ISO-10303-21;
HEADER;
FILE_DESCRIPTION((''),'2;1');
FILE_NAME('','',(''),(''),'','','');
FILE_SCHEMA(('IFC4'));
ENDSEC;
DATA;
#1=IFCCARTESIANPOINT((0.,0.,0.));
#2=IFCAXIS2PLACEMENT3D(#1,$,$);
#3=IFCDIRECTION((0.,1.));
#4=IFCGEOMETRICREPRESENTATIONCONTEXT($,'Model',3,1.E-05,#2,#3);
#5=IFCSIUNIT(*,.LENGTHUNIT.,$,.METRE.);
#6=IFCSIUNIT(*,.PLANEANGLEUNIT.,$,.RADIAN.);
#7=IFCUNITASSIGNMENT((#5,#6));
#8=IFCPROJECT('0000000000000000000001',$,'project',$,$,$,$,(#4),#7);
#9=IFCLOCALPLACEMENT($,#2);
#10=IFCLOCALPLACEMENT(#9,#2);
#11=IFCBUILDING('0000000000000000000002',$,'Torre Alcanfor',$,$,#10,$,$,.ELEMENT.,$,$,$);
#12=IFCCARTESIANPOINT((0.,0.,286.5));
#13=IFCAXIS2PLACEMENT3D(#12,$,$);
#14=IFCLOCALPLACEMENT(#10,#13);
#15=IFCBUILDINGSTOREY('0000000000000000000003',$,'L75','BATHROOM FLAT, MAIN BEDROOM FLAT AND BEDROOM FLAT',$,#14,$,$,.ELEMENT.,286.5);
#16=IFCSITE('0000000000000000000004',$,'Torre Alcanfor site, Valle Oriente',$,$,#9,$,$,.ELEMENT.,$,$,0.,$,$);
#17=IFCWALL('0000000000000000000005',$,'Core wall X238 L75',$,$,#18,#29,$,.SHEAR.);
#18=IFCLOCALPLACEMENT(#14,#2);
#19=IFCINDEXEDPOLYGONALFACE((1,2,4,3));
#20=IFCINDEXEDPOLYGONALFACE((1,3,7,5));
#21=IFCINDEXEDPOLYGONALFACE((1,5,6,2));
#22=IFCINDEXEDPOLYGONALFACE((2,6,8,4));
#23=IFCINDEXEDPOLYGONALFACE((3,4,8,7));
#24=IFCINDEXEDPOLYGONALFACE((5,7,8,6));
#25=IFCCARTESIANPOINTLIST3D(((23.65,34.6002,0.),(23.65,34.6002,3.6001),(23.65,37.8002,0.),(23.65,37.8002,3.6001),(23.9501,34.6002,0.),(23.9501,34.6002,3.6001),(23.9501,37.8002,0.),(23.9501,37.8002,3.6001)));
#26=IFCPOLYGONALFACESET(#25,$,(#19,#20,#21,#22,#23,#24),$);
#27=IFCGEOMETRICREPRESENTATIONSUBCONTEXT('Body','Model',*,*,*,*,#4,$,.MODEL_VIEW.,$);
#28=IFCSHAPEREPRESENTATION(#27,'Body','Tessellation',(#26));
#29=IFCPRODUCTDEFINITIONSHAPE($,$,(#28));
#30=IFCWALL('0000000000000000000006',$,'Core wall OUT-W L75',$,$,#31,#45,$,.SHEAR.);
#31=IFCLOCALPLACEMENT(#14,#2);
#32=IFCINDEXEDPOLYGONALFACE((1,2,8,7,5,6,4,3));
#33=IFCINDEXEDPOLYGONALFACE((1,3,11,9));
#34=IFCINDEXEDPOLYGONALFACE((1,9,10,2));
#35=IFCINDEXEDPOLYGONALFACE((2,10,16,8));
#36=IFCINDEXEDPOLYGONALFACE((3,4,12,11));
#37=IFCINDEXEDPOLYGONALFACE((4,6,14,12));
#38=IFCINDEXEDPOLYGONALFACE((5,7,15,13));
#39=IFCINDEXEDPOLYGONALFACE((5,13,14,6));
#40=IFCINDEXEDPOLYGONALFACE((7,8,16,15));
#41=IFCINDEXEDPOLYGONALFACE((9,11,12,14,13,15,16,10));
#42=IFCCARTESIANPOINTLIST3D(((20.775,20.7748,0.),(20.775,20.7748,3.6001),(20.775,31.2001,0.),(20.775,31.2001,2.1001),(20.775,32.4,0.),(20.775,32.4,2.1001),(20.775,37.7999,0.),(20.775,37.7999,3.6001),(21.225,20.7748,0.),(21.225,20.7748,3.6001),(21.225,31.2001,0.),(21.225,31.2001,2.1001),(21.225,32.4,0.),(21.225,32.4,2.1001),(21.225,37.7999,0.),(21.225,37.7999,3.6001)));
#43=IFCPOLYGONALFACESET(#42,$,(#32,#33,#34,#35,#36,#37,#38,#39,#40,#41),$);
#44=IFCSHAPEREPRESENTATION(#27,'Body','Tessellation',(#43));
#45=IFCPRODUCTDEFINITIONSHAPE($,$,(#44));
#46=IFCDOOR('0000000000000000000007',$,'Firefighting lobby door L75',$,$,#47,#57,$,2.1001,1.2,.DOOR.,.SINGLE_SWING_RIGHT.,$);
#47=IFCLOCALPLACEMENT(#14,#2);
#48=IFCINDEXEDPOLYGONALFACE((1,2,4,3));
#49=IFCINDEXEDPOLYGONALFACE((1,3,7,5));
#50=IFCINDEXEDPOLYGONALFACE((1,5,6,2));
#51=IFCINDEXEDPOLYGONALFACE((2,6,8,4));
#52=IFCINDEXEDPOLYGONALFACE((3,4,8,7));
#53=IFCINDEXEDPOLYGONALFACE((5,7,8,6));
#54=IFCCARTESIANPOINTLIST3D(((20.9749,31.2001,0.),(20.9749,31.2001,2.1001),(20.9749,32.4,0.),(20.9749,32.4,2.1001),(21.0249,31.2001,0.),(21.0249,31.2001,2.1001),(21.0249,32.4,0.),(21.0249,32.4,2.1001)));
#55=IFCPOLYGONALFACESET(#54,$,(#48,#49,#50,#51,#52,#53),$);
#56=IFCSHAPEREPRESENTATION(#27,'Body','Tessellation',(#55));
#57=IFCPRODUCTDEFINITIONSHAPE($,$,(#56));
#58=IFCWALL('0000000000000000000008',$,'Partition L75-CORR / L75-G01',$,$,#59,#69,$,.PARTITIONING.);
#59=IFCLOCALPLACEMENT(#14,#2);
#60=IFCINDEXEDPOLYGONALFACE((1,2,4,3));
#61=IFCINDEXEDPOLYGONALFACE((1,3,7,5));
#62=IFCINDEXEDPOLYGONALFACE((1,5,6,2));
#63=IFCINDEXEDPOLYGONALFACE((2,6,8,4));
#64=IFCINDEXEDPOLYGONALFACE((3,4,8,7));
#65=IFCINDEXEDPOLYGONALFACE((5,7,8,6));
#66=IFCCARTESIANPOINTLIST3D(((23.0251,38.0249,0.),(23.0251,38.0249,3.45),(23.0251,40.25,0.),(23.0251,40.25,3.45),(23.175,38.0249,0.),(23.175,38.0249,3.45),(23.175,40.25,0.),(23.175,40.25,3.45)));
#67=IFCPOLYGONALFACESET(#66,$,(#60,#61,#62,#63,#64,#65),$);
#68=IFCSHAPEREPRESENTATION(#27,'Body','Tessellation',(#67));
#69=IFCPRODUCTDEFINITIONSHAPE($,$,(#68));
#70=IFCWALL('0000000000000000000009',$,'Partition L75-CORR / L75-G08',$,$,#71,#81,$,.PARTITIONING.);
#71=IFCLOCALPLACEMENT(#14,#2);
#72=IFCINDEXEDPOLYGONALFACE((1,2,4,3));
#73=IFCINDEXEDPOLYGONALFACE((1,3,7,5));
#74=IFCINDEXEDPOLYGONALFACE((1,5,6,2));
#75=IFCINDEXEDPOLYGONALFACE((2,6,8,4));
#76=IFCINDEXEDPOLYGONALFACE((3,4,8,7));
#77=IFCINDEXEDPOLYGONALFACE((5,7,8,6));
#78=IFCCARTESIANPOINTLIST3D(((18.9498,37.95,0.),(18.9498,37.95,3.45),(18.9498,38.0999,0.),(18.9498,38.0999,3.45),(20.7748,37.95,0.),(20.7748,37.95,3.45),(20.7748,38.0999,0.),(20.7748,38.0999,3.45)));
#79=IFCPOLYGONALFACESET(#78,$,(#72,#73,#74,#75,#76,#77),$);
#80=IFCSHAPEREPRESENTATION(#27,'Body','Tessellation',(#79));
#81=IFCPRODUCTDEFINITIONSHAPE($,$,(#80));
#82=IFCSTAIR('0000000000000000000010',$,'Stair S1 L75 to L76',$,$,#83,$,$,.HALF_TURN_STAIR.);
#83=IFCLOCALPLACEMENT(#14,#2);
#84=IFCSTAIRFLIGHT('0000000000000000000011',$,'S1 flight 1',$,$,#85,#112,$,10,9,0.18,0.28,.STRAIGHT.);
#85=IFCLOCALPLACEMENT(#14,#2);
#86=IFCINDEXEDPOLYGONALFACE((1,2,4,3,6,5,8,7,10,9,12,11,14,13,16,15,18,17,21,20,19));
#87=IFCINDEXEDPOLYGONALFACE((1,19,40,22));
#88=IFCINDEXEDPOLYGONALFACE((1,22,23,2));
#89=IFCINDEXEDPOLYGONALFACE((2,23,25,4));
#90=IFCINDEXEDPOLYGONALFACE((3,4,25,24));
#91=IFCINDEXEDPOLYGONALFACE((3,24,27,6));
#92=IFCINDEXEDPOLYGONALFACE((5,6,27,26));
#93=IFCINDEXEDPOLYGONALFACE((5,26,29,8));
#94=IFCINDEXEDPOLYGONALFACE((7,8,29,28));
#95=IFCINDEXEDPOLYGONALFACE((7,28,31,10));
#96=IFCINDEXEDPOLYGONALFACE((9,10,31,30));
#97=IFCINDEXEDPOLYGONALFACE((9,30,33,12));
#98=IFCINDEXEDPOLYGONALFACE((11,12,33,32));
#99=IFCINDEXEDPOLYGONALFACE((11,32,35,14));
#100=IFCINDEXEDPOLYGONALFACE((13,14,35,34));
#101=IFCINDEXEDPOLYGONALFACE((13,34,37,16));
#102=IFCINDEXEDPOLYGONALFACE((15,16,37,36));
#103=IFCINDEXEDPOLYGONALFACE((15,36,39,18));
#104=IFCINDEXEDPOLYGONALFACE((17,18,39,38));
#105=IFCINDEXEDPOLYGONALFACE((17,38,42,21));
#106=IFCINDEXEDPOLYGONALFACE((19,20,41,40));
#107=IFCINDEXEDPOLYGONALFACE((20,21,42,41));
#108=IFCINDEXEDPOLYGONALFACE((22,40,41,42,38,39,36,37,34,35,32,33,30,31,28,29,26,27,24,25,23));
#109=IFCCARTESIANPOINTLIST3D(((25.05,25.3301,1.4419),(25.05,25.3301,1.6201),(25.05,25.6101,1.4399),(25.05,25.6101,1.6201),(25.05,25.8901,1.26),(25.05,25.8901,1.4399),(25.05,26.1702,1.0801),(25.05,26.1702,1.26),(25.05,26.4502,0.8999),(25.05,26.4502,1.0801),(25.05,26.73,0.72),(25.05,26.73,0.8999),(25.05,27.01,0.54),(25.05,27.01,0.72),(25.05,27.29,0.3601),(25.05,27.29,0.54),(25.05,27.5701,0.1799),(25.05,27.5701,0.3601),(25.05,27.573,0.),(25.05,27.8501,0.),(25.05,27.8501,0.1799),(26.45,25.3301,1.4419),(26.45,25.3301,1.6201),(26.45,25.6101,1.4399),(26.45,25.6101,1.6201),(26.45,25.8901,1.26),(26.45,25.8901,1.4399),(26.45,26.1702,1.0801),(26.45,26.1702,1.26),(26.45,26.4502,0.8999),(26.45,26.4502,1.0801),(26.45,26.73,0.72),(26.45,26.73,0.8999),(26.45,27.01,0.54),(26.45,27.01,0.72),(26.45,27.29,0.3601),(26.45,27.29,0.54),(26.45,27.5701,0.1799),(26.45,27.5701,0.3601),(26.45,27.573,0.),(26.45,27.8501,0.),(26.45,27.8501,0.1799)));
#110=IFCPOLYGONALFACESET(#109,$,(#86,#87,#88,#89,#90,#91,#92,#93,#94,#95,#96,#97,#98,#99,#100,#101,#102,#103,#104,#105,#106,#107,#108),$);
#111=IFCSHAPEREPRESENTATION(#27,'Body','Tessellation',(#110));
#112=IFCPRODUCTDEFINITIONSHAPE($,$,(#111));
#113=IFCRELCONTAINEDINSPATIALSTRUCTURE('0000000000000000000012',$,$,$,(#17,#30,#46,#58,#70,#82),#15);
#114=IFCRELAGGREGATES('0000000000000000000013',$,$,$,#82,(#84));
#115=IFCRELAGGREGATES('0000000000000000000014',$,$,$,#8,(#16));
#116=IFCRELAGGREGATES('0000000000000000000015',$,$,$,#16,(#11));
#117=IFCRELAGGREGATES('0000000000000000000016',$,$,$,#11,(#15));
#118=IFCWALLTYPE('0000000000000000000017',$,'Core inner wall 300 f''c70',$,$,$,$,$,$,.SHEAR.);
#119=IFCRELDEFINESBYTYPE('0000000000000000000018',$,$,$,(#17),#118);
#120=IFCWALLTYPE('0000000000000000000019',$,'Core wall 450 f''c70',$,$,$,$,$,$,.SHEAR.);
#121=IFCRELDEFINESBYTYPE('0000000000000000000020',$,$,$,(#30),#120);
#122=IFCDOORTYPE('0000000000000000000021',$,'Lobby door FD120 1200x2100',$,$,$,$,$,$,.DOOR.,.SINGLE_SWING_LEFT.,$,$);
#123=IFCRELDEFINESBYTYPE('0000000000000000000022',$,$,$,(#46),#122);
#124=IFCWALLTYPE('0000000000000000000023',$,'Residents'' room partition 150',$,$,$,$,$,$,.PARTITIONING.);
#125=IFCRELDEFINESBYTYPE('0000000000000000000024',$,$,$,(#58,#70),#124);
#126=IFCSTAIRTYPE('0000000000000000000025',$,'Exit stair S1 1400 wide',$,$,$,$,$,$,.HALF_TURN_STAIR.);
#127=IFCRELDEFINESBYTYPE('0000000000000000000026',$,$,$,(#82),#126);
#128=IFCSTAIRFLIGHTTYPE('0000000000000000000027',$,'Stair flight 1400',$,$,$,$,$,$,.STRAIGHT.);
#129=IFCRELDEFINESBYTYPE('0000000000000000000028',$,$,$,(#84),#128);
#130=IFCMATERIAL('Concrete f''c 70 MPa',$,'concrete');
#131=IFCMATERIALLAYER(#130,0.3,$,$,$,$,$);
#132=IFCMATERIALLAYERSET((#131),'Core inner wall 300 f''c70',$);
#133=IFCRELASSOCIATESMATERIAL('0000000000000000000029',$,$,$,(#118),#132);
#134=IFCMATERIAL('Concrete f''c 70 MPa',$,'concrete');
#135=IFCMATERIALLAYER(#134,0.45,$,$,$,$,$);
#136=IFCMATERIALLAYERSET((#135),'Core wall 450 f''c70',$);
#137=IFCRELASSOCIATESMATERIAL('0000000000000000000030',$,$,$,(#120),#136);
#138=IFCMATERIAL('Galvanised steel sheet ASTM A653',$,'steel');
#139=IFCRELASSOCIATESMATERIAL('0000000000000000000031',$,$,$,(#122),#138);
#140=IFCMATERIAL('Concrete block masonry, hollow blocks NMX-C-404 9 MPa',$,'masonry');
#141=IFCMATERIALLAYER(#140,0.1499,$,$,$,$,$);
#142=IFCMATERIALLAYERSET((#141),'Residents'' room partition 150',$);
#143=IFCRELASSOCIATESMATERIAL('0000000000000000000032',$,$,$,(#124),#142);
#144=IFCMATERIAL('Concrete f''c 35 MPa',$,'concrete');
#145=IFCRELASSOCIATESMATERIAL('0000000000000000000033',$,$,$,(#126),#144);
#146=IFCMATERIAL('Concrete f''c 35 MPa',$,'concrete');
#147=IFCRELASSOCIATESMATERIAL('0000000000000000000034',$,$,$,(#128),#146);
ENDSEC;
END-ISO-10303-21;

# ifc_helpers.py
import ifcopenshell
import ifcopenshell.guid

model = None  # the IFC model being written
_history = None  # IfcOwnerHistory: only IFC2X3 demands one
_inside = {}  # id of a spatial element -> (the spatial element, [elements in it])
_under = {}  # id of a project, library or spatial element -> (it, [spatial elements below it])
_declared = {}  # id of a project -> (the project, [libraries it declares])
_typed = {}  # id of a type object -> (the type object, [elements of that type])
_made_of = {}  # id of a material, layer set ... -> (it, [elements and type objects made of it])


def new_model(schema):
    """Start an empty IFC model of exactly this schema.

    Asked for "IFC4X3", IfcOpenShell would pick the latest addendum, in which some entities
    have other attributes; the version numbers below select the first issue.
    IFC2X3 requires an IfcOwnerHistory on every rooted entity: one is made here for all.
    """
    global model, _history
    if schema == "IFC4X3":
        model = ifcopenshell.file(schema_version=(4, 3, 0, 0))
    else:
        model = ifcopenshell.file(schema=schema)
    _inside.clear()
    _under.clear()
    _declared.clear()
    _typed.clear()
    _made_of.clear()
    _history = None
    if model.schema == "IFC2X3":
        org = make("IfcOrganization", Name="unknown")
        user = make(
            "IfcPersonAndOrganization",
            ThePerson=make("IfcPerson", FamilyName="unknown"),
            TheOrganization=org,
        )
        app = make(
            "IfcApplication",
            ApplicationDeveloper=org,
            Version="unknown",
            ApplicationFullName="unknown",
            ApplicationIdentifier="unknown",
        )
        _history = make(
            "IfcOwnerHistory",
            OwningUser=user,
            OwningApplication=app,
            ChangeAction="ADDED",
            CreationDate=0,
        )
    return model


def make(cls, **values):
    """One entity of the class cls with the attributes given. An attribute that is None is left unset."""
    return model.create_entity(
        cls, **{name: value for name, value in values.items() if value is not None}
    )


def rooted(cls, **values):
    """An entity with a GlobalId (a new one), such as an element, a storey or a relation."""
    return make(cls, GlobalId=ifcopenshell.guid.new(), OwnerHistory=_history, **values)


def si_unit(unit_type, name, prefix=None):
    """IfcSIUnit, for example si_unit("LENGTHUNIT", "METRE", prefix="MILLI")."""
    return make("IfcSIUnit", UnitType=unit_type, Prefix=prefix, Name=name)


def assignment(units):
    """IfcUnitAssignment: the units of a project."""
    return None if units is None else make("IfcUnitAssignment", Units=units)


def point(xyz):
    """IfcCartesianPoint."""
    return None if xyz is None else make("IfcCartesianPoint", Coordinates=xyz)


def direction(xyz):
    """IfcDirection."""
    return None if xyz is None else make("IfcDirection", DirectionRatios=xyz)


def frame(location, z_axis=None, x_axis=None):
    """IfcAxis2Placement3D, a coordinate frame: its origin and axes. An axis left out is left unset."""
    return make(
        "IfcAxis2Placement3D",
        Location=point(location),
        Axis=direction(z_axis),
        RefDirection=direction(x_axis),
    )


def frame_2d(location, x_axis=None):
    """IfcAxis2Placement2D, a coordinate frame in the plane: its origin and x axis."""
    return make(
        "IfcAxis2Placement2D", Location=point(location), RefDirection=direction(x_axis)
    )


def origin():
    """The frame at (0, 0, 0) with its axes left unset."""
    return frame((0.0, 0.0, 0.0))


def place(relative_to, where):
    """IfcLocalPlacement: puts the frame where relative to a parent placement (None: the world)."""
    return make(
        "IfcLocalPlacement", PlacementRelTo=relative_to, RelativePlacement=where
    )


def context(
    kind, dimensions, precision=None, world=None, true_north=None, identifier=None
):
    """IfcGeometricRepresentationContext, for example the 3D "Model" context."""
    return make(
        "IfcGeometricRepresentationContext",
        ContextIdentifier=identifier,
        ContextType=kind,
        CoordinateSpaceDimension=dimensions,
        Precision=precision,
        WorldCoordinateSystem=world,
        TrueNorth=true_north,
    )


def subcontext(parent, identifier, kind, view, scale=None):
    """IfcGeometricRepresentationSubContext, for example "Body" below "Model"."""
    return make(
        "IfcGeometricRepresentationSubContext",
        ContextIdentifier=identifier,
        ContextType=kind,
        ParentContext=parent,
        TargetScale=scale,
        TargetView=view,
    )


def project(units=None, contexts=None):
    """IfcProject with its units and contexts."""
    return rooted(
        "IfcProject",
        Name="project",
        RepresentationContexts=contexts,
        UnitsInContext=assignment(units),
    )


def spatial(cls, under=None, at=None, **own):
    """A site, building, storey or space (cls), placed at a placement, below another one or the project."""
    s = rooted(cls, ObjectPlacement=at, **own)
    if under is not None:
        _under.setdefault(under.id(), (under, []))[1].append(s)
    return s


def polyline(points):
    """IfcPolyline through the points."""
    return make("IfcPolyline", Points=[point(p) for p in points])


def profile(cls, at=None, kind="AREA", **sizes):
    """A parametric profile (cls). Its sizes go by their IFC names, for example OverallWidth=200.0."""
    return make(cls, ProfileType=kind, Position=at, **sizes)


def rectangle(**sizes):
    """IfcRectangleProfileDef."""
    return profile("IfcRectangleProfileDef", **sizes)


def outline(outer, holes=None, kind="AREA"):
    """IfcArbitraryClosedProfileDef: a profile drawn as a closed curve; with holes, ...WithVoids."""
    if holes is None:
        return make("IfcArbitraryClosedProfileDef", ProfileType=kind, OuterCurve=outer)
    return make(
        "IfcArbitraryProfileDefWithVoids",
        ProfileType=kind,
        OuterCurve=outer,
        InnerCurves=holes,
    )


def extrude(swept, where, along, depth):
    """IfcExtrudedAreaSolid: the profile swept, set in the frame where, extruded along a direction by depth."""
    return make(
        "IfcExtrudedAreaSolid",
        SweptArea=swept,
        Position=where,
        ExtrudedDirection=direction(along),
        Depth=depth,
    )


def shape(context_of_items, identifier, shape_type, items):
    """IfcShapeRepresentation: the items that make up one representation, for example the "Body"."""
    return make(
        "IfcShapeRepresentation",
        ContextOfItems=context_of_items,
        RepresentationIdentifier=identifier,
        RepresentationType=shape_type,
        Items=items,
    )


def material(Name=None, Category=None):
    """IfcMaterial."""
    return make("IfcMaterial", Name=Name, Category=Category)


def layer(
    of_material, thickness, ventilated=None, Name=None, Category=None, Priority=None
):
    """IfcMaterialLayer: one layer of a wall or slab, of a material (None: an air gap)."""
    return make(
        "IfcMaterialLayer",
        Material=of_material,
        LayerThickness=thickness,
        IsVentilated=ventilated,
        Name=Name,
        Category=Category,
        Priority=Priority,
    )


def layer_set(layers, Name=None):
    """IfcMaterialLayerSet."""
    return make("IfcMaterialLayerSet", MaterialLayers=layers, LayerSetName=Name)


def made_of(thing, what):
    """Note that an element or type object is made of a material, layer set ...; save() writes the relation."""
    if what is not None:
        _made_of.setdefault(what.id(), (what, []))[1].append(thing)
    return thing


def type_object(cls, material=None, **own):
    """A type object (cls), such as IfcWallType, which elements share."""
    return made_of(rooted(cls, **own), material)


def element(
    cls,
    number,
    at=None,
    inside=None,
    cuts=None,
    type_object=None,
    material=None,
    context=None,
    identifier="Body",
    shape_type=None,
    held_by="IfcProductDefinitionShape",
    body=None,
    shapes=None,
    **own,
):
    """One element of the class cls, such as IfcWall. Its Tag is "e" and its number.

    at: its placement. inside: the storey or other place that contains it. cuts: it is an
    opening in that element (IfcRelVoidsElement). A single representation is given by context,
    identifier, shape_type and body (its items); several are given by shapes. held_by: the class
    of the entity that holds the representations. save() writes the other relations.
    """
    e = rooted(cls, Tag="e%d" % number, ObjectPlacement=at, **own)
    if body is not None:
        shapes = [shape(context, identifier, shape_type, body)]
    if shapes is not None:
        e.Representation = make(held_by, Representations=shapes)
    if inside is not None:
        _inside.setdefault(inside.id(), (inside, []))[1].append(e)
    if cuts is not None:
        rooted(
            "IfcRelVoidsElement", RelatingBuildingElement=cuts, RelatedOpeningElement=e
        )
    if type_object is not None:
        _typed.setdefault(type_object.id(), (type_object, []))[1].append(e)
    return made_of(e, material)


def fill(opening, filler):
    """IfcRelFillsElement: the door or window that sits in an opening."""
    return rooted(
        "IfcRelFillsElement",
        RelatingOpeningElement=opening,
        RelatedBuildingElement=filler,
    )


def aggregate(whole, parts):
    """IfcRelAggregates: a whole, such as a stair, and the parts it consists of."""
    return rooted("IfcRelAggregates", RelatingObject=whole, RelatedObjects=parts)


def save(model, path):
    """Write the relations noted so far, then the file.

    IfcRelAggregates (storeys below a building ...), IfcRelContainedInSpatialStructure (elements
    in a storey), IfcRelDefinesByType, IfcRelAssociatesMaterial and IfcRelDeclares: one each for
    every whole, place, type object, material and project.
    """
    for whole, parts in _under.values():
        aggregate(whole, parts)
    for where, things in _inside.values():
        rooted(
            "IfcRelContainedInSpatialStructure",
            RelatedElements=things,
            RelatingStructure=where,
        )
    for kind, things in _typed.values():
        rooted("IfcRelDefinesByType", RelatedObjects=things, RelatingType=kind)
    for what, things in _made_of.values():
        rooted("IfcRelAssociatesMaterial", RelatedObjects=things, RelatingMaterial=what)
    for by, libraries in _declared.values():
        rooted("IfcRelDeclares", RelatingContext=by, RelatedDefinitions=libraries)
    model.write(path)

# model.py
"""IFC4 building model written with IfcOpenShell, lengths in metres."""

from ifc_helpers import new_model, si_unit, direction, frame, frame_2d, origin, place, context, subcontext, project, spatial, polyline, rectangle, outline, extrude, material, layer, layer_set, type_object, element, fill, aggregate, save


model = new_model("IFC4")

# Units and contexts
model_context = context("Model", 3, precision=1e-05, world=origin(), true_north=direction((0.0, 1.0)))
body_context = subcontext(model_context, "Body", "Model", "MODEL_VIEW")
ifc_project = project(units=[si_unit("LENGTHUNIT", "METRE"), si_unit("PLANEANGLEUNIT", "RADIAN")], contexts=[model_context])

# Site, building, storey
site_placement = place(None, origin())
site = spatial("IfcSite", under=ifc_project, at=site_placement, Name="Torre Alcanfor site, Valle Oriente", CompositionType="ELEMENT", RefElevation=0.0)
building_placement = place(site_placement, origin())
building = spatial("IfcBuilding", under=site, at=building_placement, Name="Torre Alcanfor", CompositionType="ELEMENT")
storey_placement = place(building_placement, frame((0.0, 0.0, 286.5)))
storey = spatial("IfcBuildingStorey", under=building, at=storey_placement, Name="L75", Description="BATHROOM FLAT, MAIN BEDROOM FLAT AND BEDROOM FLAT", CompositionType="ELEMENT", Elevation=286.5)

# Shared definitions
ifc_material_1 = material(Name="Concrete f'c 70 MPa", Category="concrete")
ifc_layer_1 = layer(ifc_material_1, 0.3)
ifc_layer_set_1 = layer_set([ifc_layer_1], Name="Core inner wall 300 f'c70")
wall_type_1 = type_object("IfcWallType", Name="Core inner wall 300 f'c70", PredefinedType="SHEAR", material=ifc_layer_set_1)

# Wall
wall_1_placement = place(storey_placement, frame((23.8, 34.6001, 0.0), z_axis=(0.0, 0.0, 1.0), x_axis=(0.0, 1.0, 0.0)))
element("IfcWall", 1, at=wall_1_placement, inside=storey, type_object=wall_type_1, Name="Core wall X238 L75", PredefinedType="SHEAR", context=body_context, shape_type="SweptSolid", body=[
    extrude(rectangle(XDim=3.2, YDim=0.3, at=frame_2d((1.6001, 0.0))), origin(), (0.0, 0.0, 1.0), 3.6001),
])

# Wall, opening, door
ifc_material_2 = material(Name="Concrete f'c 70 MPa", Category="concrete")
ifc_layer_2 = layer(ifc_material_2, 0.45)
ifc_layer_set_2 = layer_set([ifc_layer_2], Name="Core wall 450 f'c70")
wall_type_2 = type_object("IfcWallType", Name="Core wall 450 f'c70", PredefinedType="SHEAR", material=ifc_layer_set_2)
wall_2_placement = place(storey_placement, frame((21.0, 37.8, 0.0), z_axis=(0.0, 0.0, 1.0), x_axis=(0.0, -1.0, 0.0)))
wall_2 = element("IfcWall", 2, at=wall_2_placement, inside=storey, type_object=wall_type_2, Name="Core wall OUT-W L75", PredefinedType="SHEAR", context=body_context, shape_type="SweptSolid", body=[
    extrude(rectangle(XDim=17.0251, YDim=0.45, at=frame_2d((8.5127, 0.0))), origin(), (0.0, 0.0, 1.0), 3.6001),
])
opening_1_placement = place(wall_2_placement, frame((5.3999, 0.0, 0.0)))
opening_1 = element("IfcOpeningElement", 3, at=opening_1_placement, cuts=wall_2, PredefinedType="OPENING", context=body_context, shape_type="SweptSolid", body=[
    extrude(rectangle(XDim=1.2, YDim=2.1001, at=frame_2d((0.6001, 1.05))), frame((0.0, 0.2349, 0.0), z_axis=(0.0, -1.0, 0.0), x_axis=(1.0, 0.0, 0.0)), (0.0, 0.0, 1.0), 0.47),
])
ifc_material_3 = material(Name="Galvanised steel sheet ASTM A653", Category="steel")
door_type_1 = type_object("IfcDoorType", Name="Lobby door FD120 1200x2100", OperationType="SINGLE_SWING_LEFT", PredefinedType="DOOR", material=ifc_material_3)
door_1_placement = place(opening_1_placement, origin())
door_1 = element("IfcDoor", 4, at=door_1_placement, inside=storey, type_object=door_type_1, Name="Firefighting lobby door L75", OperationType="SINGLE_SWING_RIGHT", OverallHeight=2.1001, OverallWidth=1.2, PredefinedType="DOOR", context=body_context, shape_type="SweptSolid", body=[
    extrude(rectangle(XDim=1.2, YDim=2.1001, at=frame_2d((0.6001, 1.05))), frame((0.0, 0.0249, 0.0), z_axis=(0.0, -1.0, 0.0), x_axis=(1.0, 0.0, 0.0)), (0.0, 0.0, 1.0), 0.05),
])
fill(opening_1, door_1)

# Walls
ifc_material_4 = material(Name="Concrete block masonry, hollow blocks NMX-C-404 9 MPa", Category="masonry")
ifc_layer_3 = layer(ifc_material_4, 0.1499)
ifc_layer_set_3 = layer_set([ifc_layer_3], Name="Residents' room partition 150")
wall_type_3 = type_object("IfcWallType", Name="Residents' room partition 150", PredefinedType="PARTITIONING", material=ifc_layer_set_3)
wall_3_placement = place(storey_placement, frame((23.1001, 38.0249, 0.0), z_axis=(0.0, 0.0, 1.0), x_axis=(0.0, 1.0, 0.0)))
element("IfcWall", 5, at=wall_3_placement, inside=storey, type_object=wall_type_3, Name="Partition L75-CORR / L75-G01", PredefinedType="PARTITIONING", context=body_context, shape_type="SweptSolid", body=[
    extrude(rectangle(XDim=2.2251, YDim=0.1499, at=frame_2d((1.1125, 0.0))), origin(), (0.0, 0.0, 1.0), 3.45),
])
wall_4_placement = place(storey_placement, frame((20.7749, 38.0249, 0.0), z_axis=(0.0, 0.0, 1.0), x_axis=(-1.0, 0.0, 0.0)))
element("IfcWall", 6, at=wall_4_placement, inside=storey, type_object=wall_type_3, Name="Partition L75-CORR / L75-G08", PredefinedType="PARTITIONING", context=body_context, shape_type="SweptSolid", body=[
    extrude(rectangle(XDim=1.825, YDim=0.1499, at=frame_2d((0.9126, 0.0))), origin(), (0.0, 0.0, 1.0), 3.45),
])

# Stair, stair flight
ifc_material_5 = material(Name="Concrete f'c 35 MPa", Category="concrete")
stair_type = type_object("IfcStairType", Name="Exit stair S1 1400 wide", PredefinedType="HALF_TURN_STAIR", material=ifc_material_5)
stair_placement = place(storey_placement, origin())
stair = element("IfcStair", 7, at=stair_placement, inside=storey, type_object=stair_type, Name="Stair S1 L75 to L76", PredefinedType="HALF_TURN_STAIR")
ifc_material_6 = material(Name="Concrete f'c 35 MPa", Category="concrete")
stair_flight_type = type_object("IfcStairFlightType", Name="Stair flight 1400", PredefinedType="STRAIGHT", material=ifc_material_6)
stair_flight_placement = place(storey_placement, frame((25.75, 27.8501, 0.0), z_axis=(0.0, 0.0, 1.0), x_axis=(0.0, -1.0, 0.0)))
stair_flight = element("IfcStairFlight", 8, at=stair_flight_placement, type_object=stair_flight_type, Name="S1 flight 1", NumberOfRisers=10, NumberOfTreads=9, PredefinedType="STRAIGHT", RiserHeight=0.18, TreadLength=0.28, context=body_context, shape_type="SweptSolid", body=[
    extrude(outline(polyline([(0.0, 0.0), (0.0, 0.1799), (0.28, 0.1799), (0.28, 0.3601), (0.5601, 0.3601), (0.5601, 0.54), (0.8401, 0.54), (0.8401, 0.72), (1.1201, 0.72), (1.1201, 0.8999), (1.3999, 0.8999), (1.3999, 1.0801), (1.6799, 1.0801), (1.6799, 1.26), (1.96, 1.26), (1.96, 1.4399), (2.24, 1.4399), (2.24, 1.6201), (2.52, 1.6201), (2.52, 1.8), (2.52, 1.4419), (0.2771, 0.0), (0.0, 0.0)])), frame((0.0, 0.7, 0.0), z_axis=(0.0, -1.0, 0.0), x_axis=(1.0, 0.0, 0.0)), (0.0, 0.0, 1.0), 1.3999),
])
aggregate(stair, [stair_flight])

save(model, "model.ifc")
